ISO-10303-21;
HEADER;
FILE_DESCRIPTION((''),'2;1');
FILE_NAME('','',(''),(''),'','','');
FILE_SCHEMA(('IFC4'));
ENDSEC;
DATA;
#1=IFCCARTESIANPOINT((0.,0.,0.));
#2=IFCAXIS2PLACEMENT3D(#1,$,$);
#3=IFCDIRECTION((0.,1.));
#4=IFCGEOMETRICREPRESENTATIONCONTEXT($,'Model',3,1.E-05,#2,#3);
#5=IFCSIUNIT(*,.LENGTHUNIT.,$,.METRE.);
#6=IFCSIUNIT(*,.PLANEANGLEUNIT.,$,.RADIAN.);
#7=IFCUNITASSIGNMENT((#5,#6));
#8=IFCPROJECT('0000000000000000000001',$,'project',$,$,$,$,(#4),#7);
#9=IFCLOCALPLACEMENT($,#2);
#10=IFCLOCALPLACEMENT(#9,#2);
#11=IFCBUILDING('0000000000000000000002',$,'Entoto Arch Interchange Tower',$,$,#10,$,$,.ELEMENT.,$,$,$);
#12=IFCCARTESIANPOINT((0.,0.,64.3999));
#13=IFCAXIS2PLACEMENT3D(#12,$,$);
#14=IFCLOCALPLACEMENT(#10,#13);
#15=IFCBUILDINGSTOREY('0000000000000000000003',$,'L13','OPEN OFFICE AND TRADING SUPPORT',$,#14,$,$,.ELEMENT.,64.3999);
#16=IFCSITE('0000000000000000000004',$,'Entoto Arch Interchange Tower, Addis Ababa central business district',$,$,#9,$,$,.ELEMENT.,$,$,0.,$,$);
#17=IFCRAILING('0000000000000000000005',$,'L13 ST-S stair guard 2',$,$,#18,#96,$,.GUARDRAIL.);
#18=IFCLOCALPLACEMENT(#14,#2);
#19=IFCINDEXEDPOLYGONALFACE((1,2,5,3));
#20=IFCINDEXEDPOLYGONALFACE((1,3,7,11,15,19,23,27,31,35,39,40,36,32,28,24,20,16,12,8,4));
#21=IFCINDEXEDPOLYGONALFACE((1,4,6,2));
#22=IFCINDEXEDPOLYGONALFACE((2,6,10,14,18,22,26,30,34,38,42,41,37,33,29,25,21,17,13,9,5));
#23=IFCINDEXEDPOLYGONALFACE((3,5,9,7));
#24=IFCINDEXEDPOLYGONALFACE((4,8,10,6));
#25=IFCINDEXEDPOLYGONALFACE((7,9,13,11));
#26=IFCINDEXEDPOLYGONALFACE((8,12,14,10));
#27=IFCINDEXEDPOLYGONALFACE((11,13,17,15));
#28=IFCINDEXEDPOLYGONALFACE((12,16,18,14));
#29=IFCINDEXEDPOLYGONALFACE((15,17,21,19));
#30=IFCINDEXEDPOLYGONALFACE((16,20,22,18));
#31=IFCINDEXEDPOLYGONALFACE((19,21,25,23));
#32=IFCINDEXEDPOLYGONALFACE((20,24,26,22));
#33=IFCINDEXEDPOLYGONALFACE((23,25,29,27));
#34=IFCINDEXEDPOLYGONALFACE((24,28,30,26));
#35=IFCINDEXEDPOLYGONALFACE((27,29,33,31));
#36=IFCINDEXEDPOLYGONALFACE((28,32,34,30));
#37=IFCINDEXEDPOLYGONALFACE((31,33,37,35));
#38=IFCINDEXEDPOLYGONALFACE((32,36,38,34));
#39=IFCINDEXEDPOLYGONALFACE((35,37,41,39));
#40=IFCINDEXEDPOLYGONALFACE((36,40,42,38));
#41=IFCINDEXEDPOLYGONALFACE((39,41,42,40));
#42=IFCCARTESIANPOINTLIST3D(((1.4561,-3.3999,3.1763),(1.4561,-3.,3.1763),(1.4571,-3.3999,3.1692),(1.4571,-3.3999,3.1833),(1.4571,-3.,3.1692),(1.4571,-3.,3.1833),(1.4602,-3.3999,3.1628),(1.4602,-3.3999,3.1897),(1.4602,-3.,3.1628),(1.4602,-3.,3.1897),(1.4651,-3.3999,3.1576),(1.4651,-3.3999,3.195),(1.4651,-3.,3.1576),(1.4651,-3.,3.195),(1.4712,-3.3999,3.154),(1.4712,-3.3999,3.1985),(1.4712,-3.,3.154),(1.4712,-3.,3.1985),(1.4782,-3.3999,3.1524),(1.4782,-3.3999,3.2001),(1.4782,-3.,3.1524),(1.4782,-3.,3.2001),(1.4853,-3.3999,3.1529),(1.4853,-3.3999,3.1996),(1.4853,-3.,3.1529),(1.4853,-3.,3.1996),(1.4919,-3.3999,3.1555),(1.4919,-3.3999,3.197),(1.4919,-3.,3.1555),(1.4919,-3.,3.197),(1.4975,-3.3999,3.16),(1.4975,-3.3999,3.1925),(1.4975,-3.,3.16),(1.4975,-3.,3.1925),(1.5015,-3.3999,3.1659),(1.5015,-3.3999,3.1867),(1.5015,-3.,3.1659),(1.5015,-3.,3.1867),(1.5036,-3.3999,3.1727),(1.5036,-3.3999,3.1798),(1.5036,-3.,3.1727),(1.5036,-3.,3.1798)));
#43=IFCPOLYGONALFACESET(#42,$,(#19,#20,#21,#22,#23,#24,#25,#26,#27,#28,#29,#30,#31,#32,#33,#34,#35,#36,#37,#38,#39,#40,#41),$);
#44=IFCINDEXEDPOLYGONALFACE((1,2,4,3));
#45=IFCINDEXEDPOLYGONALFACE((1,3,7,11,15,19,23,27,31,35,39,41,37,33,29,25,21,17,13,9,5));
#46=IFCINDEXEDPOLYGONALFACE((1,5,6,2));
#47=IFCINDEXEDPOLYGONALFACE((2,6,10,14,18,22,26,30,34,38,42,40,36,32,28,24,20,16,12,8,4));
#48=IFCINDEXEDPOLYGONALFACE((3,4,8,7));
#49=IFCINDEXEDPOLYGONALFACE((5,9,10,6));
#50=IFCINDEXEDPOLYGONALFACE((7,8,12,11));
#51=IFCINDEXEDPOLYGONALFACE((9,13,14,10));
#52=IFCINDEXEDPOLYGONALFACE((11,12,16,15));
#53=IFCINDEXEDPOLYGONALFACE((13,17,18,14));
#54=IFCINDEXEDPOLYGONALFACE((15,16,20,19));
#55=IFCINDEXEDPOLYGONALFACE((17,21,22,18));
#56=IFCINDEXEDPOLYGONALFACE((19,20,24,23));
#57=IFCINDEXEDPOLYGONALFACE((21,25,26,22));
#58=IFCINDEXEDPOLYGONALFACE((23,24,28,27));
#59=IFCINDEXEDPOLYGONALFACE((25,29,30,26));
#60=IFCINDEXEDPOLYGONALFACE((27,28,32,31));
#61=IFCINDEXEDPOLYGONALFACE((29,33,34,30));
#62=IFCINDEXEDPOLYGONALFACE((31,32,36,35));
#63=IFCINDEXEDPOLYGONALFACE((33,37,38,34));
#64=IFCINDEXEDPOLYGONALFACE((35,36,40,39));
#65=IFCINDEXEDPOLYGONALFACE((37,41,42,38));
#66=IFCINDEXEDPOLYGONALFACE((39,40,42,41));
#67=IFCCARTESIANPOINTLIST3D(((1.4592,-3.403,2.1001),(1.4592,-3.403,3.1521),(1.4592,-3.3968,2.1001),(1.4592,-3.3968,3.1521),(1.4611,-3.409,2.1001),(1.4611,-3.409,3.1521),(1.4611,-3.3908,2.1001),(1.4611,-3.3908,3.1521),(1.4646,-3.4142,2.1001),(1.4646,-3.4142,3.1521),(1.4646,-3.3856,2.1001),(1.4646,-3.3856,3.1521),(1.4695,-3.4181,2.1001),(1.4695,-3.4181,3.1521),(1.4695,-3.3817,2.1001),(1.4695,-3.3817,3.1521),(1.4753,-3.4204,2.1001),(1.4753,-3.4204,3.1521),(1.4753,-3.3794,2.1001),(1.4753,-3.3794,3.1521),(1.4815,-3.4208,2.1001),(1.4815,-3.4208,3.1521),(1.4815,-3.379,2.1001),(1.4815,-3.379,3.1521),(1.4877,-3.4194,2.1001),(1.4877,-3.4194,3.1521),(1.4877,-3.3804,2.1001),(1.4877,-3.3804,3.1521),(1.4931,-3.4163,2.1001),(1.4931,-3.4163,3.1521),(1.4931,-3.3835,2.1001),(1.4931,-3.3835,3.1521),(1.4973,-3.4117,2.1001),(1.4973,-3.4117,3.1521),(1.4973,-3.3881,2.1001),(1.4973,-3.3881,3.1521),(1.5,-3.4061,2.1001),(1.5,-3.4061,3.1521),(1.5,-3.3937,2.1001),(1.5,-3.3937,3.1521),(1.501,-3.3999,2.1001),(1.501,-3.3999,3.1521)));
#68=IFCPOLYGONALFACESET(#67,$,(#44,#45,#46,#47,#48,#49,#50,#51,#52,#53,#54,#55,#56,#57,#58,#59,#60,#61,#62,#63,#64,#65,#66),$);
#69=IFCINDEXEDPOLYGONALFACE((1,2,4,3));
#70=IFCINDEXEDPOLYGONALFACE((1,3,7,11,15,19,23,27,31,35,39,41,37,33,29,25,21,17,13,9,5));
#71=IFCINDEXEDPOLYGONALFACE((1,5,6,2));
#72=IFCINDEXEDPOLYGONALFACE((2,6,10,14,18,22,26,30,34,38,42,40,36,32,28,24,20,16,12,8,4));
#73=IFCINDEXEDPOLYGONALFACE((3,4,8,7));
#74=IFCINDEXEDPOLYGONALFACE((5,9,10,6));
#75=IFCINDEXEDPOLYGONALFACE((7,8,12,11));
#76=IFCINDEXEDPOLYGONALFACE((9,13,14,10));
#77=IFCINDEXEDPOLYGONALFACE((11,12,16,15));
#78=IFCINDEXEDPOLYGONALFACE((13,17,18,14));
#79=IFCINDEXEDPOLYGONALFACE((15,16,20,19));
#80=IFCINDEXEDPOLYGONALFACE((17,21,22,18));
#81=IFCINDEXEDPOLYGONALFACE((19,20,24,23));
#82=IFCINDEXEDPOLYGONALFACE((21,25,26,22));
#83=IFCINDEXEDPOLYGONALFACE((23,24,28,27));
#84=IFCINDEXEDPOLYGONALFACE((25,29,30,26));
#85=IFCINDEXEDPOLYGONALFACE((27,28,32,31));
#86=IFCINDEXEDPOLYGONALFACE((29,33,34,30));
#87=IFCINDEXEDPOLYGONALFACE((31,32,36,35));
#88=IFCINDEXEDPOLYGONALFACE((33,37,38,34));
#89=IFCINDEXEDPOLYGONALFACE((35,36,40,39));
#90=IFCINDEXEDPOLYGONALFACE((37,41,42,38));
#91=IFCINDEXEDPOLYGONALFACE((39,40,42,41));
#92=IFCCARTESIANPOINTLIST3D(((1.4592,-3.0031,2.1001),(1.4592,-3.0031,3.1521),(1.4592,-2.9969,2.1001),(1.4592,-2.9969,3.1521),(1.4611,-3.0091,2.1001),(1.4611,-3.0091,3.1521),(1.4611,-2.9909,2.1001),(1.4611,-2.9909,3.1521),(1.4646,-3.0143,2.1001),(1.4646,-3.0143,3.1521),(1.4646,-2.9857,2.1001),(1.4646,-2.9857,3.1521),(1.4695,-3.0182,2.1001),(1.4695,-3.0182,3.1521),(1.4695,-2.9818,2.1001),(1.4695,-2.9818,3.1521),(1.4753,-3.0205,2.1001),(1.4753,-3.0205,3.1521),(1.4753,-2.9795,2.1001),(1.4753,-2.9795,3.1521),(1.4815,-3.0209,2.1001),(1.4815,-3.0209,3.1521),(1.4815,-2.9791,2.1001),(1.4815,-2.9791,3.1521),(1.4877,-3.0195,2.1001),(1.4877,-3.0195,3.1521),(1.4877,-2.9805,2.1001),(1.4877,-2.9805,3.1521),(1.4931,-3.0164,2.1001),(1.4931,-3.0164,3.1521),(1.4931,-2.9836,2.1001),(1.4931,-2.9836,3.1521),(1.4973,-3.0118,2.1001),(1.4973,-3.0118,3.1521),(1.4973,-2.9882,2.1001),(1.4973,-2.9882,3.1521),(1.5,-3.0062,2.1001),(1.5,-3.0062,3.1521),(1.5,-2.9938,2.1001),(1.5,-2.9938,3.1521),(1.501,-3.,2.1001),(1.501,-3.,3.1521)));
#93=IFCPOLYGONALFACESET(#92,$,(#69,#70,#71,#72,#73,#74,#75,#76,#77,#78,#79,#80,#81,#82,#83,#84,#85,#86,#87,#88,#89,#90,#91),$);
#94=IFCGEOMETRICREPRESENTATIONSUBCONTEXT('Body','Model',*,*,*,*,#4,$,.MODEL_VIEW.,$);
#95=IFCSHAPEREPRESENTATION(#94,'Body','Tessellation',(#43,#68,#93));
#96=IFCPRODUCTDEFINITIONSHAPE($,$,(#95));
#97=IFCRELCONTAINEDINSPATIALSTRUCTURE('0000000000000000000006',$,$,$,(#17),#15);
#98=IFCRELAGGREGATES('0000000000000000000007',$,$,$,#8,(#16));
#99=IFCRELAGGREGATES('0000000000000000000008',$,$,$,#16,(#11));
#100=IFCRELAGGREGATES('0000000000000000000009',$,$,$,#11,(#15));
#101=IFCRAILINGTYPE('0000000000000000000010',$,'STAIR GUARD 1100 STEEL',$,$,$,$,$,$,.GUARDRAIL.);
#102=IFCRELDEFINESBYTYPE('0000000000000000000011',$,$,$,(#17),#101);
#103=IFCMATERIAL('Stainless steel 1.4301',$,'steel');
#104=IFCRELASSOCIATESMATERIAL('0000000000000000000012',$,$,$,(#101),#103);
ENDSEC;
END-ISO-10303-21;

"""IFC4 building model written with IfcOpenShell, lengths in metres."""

from ifc_helpers import new_model, si_unit, direction, frame, origin, origin_2d, place, context, subcontext, project, spatial, circle, extrude, material, type_object, element, save


model = new_model("IFC4")

# Units and contexts
model_context = context("Model", 3, precision=1e-05, world=origin(), true_north=direction((0.0, 1.0)))
body_context = subcontext(model_context, "Body", "Model", "MODEL_VIEW")
ifc_project = project(units=[si_unit("LENGTHUNIT", "METRE"), si_unit("PLANEANGLEUNIT", "RADIAN")], contexts=[model_context])

# Site, building, storey
site_placement = place(None, origin())
site = spatial("IfcSite", under=ifc_project, at=site_placement, Name="Entoto Arch Interchange Tower, Addis Ababa central business district", CompositionType="ELEMENT", RefElevation=0.0)
building_placement = place(site_placement, origin())
building = spatial("IfcBuilding", under=site, at=building_placement, Name="Entoto Arch Interchange Tower", CompositionType="ELEMENT")
storey_placement = place(building_placement, frame((0.0, 0.0, 64.3999)))
storey = spatial("IfcBuildingStorey", under=building, at=storey_placement, Name="L13", Description="OPEN OFFICE AND TRADING SUPPORT", CompositionType="ELEMENT", Elevation=64.3999)

# Railing
ifc_material_1 = material(Name="Stainless steel 1.4301", Category="steel")
railing_type_1 = type_object("IfcRailingType", Name="STAIR GUARD 1100 STEEL", PredefinedType="GUARDRAIL", material=ifc_material_1)
railing_1_placement = place(storey_placement, frame((1.48, -3.3999, 2.1001)))
element("IfcRailing", 1, at=railing_1_placement, inside=storey, type_object=railing_type_1, Name="L13 ST-S stair guard 2", PredefinedType="GUARDRAIL", context=body_context, shape_type="SweptSolid", body=[
    extrude(circle(Radius=0.0239, at=origin_2d()), frame((0.0, 0.0, 1.0762), z_axis=(0.0, 1.0, 0.0), x_axis=(-1.0, 0.0, 0.0)), (0.0, 0.0, 1.0), 0.3999),
    extrude(circle(Radius=0.021, at=origin_2d()), origin(), (0.0, 0.0, 1.0), 1.052),
    extrude(circle(Radius=0.021, at=origin_2d()), frame((0.0, 0.3999, 0.0)), (0.0, 0.0, 1.0), 1.052),
])

save(model, "model.ifc")
